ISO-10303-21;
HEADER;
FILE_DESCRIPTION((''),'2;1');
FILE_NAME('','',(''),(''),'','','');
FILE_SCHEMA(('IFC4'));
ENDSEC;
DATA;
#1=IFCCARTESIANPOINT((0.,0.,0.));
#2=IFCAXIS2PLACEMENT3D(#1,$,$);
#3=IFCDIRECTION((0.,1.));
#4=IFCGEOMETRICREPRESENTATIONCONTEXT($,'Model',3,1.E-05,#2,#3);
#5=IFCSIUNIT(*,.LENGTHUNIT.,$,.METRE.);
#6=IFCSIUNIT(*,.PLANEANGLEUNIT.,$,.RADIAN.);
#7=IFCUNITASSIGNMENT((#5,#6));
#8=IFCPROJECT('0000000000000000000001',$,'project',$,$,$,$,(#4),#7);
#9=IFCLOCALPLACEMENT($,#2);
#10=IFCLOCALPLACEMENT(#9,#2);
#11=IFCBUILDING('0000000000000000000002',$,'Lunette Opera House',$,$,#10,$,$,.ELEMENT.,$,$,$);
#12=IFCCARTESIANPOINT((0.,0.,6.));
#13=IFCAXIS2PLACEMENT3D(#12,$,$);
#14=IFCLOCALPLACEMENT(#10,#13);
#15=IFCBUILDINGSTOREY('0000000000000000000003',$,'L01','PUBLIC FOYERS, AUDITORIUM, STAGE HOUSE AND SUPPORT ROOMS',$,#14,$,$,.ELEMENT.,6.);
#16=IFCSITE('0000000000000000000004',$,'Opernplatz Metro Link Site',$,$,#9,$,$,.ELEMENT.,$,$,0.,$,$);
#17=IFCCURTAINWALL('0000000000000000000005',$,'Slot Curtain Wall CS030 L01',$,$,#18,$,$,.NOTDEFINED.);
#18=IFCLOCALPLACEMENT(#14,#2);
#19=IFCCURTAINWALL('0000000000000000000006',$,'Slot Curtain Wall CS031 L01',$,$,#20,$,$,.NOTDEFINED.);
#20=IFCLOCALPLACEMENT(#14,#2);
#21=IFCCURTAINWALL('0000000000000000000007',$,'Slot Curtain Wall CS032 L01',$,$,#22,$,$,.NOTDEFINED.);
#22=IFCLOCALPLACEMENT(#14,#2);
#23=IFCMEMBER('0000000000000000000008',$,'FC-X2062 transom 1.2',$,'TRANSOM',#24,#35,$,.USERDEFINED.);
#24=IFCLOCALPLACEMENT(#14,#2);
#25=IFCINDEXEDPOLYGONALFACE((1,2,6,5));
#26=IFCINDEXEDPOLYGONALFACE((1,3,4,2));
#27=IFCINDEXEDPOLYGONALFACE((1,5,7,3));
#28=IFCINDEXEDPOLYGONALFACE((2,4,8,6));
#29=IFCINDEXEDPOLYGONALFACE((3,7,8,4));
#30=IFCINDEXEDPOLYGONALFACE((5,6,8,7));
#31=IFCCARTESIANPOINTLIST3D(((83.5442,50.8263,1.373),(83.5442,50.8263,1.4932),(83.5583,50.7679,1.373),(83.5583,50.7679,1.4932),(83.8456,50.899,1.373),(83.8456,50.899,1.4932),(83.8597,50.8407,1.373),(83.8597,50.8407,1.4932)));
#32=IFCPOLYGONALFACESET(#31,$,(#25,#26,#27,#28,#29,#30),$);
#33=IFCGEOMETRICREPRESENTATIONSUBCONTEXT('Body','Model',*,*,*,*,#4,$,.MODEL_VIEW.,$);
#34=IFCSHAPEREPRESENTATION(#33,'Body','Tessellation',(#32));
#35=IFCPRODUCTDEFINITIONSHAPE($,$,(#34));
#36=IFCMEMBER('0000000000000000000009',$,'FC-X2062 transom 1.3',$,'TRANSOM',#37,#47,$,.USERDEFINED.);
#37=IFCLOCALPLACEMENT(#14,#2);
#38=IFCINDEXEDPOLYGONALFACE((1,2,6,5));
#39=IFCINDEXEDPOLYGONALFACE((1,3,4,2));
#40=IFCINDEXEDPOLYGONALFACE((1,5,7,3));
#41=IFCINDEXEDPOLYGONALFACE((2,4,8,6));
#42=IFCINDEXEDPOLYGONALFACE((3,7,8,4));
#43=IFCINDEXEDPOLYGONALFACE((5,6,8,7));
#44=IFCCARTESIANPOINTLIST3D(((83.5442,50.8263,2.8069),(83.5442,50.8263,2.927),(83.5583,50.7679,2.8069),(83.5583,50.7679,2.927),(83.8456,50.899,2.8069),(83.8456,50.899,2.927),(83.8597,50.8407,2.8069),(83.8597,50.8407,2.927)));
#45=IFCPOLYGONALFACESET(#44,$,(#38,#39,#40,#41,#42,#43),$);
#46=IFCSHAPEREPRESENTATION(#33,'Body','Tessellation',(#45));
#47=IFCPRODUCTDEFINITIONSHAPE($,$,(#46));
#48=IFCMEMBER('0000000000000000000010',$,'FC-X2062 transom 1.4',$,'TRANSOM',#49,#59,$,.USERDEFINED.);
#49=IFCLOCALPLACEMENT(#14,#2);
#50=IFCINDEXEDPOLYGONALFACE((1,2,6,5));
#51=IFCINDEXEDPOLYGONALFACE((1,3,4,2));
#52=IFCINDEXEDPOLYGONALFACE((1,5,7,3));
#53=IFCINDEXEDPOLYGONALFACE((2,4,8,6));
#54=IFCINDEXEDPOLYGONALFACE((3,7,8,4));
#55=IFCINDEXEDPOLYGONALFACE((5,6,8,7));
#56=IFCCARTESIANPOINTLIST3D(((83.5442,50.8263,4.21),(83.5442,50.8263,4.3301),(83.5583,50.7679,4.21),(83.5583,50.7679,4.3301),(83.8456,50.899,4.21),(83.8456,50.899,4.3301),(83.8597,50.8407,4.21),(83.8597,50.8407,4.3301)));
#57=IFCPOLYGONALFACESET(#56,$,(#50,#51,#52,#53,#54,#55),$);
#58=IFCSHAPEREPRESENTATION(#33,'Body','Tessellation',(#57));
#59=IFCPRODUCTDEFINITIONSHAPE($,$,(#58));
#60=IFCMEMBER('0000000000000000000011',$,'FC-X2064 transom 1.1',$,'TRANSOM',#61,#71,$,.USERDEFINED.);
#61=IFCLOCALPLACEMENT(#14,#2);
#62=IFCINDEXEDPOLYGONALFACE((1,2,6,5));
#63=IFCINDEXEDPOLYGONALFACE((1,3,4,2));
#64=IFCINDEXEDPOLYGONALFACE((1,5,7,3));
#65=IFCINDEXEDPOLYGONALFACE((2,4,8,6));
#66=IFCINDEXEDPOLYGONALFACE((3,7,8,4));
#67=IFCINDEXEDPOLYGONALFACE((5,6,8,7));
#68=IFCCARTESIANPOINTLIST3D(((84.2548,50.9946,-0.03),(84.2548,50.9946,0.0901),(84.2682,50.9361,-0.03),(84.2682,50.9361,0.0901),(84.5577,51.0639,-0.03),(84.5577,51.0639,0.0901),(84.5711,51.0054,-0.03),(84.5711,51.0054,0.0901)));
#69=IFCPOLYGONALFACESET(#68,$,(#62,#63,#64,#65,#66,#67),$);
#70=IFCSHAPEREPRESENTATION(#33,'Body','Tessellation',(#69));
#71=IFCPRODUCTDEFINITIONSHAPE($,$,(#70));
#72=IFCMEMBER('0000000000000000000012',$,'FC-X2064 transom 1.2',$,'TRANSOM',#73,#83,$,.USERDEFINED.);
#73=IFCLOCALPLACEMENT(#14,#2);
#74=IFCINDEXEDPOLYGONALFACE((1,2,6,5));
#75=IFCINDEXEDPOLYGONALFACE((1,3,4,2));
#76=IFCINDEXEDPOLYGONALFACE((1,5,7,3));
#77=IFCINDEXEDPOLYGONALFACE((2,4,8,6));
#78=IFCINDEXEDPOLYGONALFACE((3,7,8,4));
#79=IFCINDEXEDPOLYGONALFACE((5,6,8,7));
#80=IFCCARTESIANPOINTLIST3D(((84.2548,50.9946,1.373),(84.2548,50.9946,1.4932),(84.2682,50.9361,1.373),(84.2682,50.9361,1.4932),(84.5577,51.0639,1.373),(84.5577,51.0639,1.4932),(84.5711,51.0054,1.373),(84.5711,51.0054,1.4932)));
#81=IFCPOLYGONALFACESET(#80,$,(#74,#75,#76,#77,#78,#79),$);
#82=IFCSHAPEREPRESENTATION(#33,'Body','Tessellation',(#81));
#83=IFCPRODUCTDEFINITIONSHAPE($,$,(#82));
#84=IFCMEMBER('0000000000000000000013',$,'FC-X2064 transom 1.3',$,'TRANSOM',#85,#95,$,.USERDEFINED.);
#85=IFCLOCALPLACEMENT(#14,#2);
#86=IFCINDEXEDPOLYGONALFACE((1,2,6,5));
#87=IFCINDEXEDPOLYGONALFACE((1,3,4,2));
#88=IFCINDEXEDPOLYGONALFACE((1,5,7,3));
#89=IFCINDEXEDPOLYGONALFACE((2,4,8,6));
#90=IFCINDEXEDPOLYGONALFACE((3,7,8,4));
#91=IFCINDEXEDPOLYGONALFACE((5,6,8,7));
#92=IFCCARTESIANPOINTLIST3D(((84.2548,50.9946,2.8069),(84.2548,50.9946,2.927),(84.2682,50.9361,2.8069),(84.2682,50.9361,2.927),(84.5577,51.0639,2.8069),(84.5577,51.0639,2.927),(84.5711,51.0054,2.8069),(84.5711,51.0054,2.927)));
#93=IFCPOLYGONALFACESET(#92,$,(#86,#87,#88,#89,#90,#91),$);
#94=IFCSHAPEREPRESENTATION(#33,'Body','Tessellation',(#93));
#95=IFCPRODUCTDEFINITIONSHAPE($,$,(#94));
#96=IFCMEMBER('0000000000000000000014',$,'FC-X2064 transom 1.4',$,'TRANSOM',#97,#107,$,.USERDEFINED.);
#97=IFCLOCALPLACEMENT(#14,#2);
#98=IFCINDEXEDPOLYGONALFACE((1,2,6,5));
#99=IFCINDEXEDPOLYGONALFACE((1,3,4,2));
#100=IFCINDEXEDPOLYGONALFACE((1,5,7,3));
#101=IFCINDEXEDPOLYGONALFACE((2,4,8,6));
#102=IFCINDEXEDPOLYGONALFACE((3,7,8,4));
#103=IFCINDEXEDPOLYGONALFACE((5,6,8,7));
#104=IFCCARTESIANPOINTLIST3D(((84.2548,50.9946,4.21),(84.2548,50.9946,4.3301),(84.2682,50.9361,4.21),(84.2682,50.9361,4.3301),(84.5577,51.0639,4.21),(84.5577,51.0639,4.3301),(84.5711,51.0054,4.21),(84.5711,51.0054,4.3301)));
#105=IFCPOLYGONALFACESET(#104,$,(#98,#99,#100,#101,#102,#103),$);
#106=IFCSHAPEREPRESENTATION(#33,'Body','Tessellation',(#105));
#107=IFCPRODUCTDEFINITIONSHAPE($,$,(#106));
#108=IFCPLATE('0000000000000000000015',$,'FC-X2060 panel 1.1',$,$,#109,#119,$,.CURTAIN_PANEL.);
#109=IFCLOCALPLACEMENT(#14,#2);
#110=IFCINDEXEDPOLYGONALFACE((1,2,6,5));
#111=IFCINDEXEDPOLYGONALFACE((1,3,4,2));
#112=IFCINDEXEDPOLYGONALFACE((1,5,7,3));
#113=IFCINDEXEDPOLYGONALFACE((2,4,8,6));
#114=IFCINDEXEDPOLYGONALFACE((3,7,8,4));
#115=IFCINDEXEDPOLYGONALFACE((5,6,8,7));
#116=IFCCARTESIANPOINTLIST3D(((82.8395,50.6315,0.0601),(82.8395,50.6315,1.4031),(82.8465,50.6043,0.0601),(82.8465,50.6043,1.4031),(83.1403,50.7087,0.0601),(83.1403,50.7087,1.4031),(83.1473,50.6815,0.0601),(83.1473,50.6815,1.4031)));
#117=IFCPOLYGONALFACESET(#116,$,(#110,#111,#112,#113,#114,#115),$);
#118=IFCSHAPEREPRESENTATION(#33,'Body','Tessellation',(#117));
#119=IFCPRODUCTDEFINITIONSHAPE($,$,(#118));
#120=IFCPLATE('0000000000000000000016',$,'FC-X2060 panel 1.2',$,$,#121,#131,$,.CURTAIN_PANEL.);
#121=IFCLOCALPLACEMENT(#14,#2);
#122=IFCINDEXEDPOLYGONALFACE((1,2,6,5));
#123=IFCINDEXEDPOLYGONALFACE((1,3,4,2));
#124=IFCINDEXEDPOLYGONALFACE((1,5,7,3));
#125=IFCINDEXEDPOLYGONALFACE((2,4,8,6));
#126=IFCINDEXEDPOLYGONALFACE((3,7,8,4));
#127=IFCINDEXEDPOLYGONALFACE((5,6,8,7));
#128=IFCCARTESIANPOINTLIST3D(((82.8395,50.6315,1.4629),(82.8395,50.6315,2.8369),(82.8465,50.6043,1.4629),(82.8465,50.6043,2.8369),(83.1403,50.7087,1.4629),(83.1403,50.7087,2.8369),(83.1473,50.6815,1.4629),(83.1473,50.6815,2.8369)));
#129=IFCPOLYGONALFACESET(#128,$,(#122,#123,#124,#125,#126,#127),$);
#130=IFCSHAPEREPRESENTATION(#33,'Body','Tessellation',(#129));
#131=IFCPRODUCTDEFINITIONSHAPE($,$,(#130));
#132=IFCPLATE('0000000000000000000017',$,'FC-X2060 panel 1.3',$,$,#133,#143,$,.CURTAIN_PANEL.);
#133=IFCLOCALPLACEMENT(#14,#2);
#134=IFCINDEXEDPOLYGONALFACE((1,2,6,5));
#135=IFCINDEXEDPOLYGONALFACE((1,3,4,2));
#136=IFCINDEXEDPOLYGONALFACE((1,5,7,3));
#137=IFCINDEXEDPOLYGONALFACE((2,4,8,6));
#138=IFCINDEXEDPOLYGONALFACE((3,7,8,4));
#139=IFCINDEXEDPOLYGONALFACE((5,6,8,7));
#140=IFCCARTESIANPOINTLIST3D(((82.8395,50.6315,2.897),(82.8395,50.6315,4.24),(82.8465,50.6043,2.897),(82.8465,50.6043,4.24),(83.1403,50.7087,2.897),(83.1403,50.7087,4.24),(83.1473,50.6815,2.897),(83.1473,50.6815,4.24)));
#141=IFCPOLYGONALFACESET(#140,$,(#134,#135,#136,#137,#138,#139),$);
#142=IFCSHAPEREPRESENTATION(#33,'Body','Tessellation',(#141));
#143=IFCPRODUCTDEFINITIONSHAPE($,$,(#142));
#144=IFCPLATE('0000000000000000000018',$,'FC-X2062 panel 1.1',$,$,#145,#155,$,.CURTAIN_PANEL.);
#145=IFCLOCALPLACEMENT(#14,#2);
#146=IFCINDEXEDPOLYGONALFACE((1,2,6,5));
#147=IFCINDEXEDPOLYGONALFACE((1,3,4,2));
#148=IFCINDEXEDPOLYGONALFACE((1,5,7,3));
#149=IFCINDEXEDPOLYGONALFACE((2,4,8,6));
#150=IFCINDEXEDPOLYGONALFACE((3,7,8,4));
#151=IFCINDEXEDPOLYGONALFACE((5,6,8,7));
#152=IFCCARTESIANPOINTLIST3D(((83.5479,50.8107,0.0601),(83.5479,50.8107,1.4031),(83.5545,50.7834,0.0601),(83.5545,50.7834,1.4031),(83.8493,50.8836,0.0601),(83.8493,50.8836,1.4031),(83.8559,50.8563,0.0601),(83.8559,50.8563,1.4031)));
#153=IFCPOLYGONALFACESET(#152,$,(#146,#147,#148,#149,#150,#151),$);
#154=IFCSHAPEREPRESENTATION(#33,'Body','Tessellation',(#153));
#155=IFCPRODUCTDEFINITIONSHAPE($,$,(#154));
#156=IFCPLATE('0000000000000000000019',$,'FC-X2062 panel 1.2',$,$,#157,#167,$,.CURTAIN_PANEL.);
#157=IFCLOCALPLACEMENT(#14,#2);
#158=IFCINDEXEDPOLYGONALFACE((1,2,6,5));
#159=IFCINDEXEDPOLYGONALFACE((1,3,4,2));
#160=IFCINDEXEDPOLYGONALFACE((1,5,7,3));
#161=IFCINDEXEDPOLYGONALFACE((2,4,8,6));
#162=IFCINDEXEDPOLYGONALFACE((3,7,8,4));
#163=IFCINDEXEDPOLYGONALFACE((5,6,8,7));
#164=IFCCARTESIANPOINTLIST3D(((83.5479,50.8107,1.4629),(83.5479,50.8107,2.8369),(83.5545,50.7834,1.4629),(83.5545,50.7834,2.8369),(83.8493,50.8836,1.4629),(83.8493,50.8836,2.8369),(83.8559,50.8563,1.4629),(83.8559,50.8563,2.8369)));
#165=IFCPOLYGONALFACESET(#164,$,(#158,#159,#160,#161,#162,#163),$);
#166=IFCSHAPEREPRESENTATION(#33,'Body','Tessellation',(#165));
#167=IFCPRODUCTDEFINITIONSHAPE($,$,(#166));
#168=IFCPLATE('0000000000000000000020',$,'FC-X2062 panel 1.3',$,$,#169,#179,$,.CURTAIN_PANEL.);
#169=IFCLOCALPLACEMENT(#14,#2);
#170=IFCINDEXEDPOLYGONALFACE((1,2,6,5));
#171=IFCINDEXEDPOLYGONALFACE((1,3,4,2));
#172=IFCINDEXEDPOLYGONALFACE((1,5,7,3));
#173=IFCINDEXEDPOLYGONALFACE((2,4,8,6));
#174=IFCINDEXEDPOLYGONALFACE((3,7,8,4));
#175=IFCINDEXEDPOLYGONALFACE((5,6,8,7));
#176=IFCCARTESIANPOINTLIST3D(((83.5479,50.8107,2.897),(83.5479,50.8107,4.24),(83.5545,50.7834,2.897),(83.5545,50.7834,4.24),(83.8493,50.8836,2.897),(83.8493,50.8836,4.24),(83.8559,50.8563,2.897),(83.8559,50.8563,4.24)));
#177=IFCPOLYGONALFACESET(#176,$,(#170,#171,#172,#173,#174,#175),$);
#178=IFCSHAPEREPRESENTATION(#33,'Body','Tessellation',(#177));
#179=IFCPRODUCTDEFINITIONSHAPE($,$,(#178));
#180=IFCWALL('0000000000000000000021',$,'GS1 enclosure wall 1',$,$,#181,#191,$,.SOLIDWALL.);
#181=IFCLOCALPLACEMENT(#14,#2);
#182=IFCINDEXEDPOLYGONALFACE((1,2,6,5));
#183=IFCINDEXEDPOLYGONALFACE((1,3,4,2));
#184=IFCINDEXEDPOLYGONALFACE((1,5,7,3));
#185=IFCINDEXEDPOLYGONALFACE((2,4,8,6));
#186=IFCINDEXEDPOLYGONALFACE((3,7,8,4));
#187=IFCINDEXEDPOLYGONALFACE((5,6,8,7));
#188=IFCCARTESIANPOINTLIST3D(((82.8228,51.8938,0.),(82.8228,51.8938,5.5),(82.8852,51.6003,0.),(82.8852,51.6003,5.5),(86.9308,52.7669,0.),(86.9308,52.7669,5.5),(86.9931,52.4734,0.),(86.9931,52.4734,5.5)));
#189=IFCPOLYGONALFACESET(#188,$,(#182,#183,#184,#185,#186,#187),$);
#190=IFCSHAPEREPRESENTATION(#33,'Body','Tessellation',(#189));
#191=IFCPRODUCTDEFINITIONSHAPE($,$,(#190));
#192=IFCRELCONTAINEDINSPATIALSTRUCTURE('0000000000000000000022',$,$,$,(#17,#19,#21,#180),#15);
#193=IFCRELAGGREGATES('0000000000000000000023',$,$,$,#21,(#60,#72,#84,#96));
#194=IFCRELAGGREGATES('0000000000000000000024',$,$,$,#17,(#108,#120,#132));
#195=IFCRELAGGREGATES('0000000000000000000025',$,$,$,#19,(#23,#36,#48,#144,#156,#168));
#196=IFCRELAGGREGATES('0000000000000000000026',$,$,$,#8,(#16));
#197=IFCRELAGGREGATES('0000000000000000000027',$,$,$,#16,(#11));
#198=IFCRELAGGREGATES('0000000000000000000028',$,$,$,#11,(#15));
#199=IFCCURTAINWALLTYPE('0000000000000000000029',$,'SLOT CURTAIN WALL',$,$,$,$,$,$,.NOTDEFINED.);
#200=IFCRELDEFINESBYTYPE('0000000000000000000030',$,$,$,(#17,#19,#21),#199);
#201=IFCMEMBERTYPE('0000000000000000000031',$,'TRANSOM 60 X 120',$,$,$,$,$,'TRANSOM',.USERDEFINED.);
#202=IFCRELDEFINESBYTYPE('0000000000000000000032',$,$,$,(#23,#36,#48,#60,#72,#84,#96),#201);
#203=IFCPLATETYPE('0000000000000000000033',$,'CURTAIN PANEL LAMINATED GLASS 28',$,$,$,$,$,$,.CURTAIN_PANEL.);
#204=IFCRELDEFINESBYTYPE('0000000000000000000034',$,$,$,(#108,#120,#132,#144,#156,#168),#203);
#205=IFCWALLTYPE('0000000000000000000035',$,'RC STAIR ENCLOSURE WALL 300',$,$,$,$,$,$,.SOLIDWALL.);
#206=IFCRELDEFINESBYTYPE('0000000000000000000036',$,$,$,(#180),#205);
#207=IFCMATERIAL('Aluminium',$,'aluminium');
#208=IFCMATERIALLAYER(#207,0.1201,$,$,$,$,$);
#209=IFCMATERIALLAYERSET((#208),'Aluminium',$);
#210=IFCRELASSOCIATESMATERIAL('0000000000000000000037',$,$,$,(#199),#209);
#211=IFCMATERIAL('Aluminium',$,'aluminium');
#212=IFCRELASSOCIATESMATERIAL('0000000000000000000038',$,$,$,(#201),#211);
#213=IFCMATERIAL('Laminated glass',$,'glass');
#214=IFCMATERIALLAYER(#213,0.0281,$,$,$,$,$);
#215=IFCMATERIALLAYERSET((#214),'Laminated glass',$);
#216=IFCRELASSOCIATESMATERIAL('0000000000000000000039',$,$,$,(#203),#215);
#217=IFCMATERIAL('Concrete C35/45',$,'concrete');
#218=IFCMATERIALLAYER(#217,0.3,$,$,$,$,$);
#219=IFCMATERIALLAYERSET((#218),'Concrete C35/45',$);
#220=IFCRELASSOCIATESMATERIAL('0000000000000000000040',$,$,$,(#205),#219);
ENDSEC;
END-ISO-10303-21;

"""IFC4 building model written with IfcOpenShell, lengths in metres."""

from ifc_helpers import new_model, si_unit, direction, frame, frame_2d, origin, origin_2d, place, context, subcontext, project, spatial, rectangle, extrude, material, layer, layer_set, material_profile, profile_set, type_object, element, aggregate, save


model = new_model("IFC4")

# Units and contexts
model_context = context("Model", 3, precision=1e-05, world=origin(), true_north=direction((0.0, 1.0)))
body_context = subcontext(model_context, "Body", "Model", "MODEL_VIEW")
ifc_project = project(units=[si_unit("LENGTHUNIT", "METRE"), si_unit("PLANEANGLEUNIT", "RADIAN")], contexts=[model_context])

# Site, building, storey
site_placement = place(None, origin())
site = spatial("IfcSite", under=ifc_project, at=site_placement, Name="Opernplatz Metro Link Site", CompositionType="ELEMENT", RefElevation=0.0)
building_placement = place(site_placement, origin())
building = spatial("IfcBuilding", under=site, at=building_placement, Name="Lunette Opera House", CompositionType="ELEMENT")
storey_placement = place(building_placement, frame((0.0, 0.0, 6.0)))
storey = spatial("IfcBuildingStorey", under=building, at=storey_placement, Name="L01", Description="PUBLIC FOYERS, AUDITORIUM, STAGE HOUSE AND SUPPORT ROOMS", CompositionType="ELEMENT", Elevation=6.0)

# Curtain walls
ifc_material_1 = material(Name="Aluminium", Category="aluminium")
ifc_layer_1 = layer(ifc_material_1, 0.1201)
ifc_layer_set_1 = layer_set([ifc_layer_1], Name="Aluminium")
curtain_wall_type = type_object("IfcCurtainWallType", Name="SLOT CURTAIN WALL", PredefinedType="NOTDEFINED", material=ifc_layer_set_1)
curtain_wall_1_placement = place(storey_placement, origin())
curtain_wall_1 = element("IfcCurtainWall", 1, at=curtain_wall_1_placement, inside=storey, type_object=curtain_wall_type, Name="Slot Curtain Wall CS030 L01", PredefinedType="NOTDEFINED")
curtain_wall_2_placement = place(storey_placement, origin())
curtain_wall_2 = element("IfcCurtainWall", 2, at=curtain_wall_2_placement, inside=storey, type_object=curtain_wall_type, Name="Slot Curtain Wall CS031 L01", PredefinedType="NOTDEFINED")

# Curtain wall
curtain_wall_3_placement = place(storey_placement, origin())
curtain_wall_3 = element("IfcCurtainWall", 3, at=curtain_wall_3_placement, inside=storey, type_object=curtain_wall_type, Name="Slot Curtain Wall CS032 L01", PredefinedType="NOTDEFINED")

# Members
ifc_material_2 = material(Name="Aluminium", Category="aluminium")
ifc_material_profile_1 = material_profile(ifc_material_2, rectangle(XDim=0.0601, YDim=0.1201, at=origin_2d()), Name="TRANSOM 60 X 120")
ifc_profile_set_1 = profile_set([ifc_material_profile_1], Name="Aluminium")
member_type_1 = type_object("IfcMemberType", Name="TRANSOM 60 X 120", ElementType="TRANSOM", PredefinedType="USERDEFINED", material=ifc_profile_set_1)
member_1_placement = place(storey_placement, frame((83.5513, 50.7971, 1.4331), z_axis=(0.972101, 0.234564, 0.0), x_axis=(-0.234564, 0.972101, 0.0)))
member_1 = element("IfcMember", 4, at=member_1_placement, type_object=member_type_1, Name="FC-X2062 transom 1.2", ObjectType="TRANSOM", PredefinedType="USERDEFINED", context=body_context, shape_type="SweptSolid", body=[
    extrude(rectangle(XDim=0.0601, YDim=0.1201, at=origin_2d()), origin(), (0.0, 0.0, 1.0), 0.3101),
])
member_2_placement = place(storey_placement, frame((83.5513, 50.7971, 2.8669), z_axis=(0.972101, 0.234564, 0.0), x_axis=(-0.234564, 0.972101, 0.0)))
member_2 = element("IfcMember", 5, at=member_2_placement, type_object=member_type_1, Name="FC-X2062 transom 1.3", ObjectType="TRANSOM", PredefinedType="USERDEFINED", context=body_context, shape_type="SweptSolid", body=[
    extrude(rectangle(XDim=0.0601, YDim=0.1201, at=origin_2d()), origin(), (0.0, 0.0, 1.0), 0.3101),
])
member_3_placement = place(storey_placement, frame((83.5513, 50.7971, 4.27), z_axis=(0.972101, 0.234564, 0.0), x_axis=(-0.234564, 0.972101, 0.0)))
member_3 = element("IfcMember", 6, at=member_3_placement, type_object=member_type_1, Name="FC-X2062 transom 1.4", ObjectType="TRANSOM", PredefinedType="USERDEFINED", context=body_context, shape_type="SweptSolid", body=[
    extrude(rectangle(XDim=0.0601, YDim=0.1201, at=origin_2d()), origin(), (0.0, 0.0, 1.0), 0.3101),
])
member_4_placement = place(storey_placement, frame((84.2615, 50.9653, 0.03), z_axis=(0.9748, 0.223081, 0.0), x_axis=(-0.223081, 0.9748, 0.0)))
member_4 = element("IfcMember", 7, at=member_4_placement, type_object=member_type_1, Name="FC-X2064 transom 1.1", ObjectType="TRANSOM", PredefinedType="USERDEFINED", context=body_context, shape_type="SweptSolid", body=[
    extrude(rectangle(XDim=0.0601, YDim=0.1201, at=origin_2d()), origin(), (0.0, 0.0, 1.0), 0.3108),
])
member_5_placement = place(storey_placement, frame((84.2615, 50.9653, 1.4331), z_axis=(0.9748, 0.223081, 0.0), x_axis=(-0.223081, 0.9748, 0.0)))
member_5 = element("IfcMember", 8, at=member_5_placement, type_object=member_type_1, Name="FC-X2064 transom 1.2", ObjectType="TRANSOM", PredefinedType="USERDEFINED", context=body_context, shape_type="SweptSolid", body=[
    extrude(rectangle(XDim=0.0601, YDim=0.1201, at=origin_2d()), origin(), (0.0, 0.0, 1.0), 0.3108),
])
member_6_placement = place(storey_placement, frame((84.2615, 50.9653, 2.8669), z_axis=(0.9748, 0.223081, 0.0), x_axis=(-0.223081, 0.9748, 0.0)))
member_6 = element("IfcMember", 9, at=member_6_placement, type_object=member_type_1, Name="FC-X2064 transom 1.3", ObjectType="TRANSOM", PredefinedType="USERDEFINED", context=body_context, shape_type="SweptSolid", body=[
    extrude(rectangle(XDim=0.0601, YDim=0.1201, at=origin_2d()), origin(), (0.0, 0.0, 1.0), 0.3108),
])
member_7_placement = place(storey_placement, frame((84.2615, 50.9653, 4.27), z_axis=(0.9748, 0.223081, 0.0), x_axis=(-0.223081, 0.9748, 0.0)))
member_7 = element("IfcMember", 10, at=member_7_placement, type_object=member_type_1, Name="FC-X2064 transom 1.4", ObjectType="TRANSOM", PredefinedType="USERDEFINED", context=body_context, shape_type="SweptSolid", body=[
    extrude(rectangle(XDim=0.0601, YDim=0.1201, at=origin_2d()), origin(), (0.0, 0.0, 1.0), 0.3108),
])
aggregate(curtain_wall_3, [member_4, member_5, member_6, member_7])

# Plates
ifc_material_3 = material(Name="Laminated glass", Category="glass")
ifc_layer_2 = layer(ifc_material_3, 0.0281)
ifc_layer_set_2 = layer_set([ifc_layer_2], Name="Laminated glass")
plate_type = type_object("IfcPlateType", Name="CURTAIN PANEL LAMINATED GLASS 28", PredefinedType="CURTAIN_PANEL", material=ifc_layer_set_2)
plate_1_placement = place(storey_placement, frame((82.9934, 50.6565, 0.0601), z_axis=(0.0, 0.0, 1.0), x_axis=(0.968621, 0.248543, 0.0)))
plate_1 = element("IfcPlate", 11, at=plate_1_placement, type_object=plate_type, Name="FC-X2060 panel 1.1", PredefinedType="CURTAIN_PANEL", context=body_context, shape_type="SweptSolid", body=[
    extrude(rectangle(XDim=0.3105, YDim=0.0281, at=origin_2d()), origin(), (0.0, 0.0, 1.0), 1.343),
])
plate_2_placement = place(storey_placement, frame((82.9934, 50.6565, 1.4629), z_axis=(0.0, 0.0, 1.0), x_axis=(0.968621, 0.248543, 0.0)))
plate_2 = element("IfcPlate", 12, at=plate_2_placement, type_object=plate_type, Name="FC-X2060 panel 1.2", PredefinedType="CURTAIN_PANEL", context=body_context, shape_type="SweptSolid", body=[
    extrude(rectangle(XDim=0.3105, YDim=0.0281, at=origin_2d()), origin(), (0.0, 0.0, 1.0), 1.374),
])
plate_3_placement = place(storey_placement, frame((82.9934, 50.6565, 2.897), z_axis=(0.0, 0.0, 1.0), x_axis=(0.968621, 0.248543, 0.0)))
plate_3 = element("IfcPlate", 13, at=plate_3_placement, type_object=plate_type, Name="FC-X2060 panel 1.3", PredefinedType="CURTAIN_PANEL", context=body_context, shape_type="SweptSolid", body=[
    extrude(rectangle(XDim=0.3105, YDim=0.0281, at=origin_2d()), origin(), (0.0, 0.0, 1.0), 1.343),
])
aggregate(curtain_wall_1, [plate_1, plate_2, plate_3])
plate_4_placement = place(storey_placement, frame((83.7019, 50.8335, 0.0601), z_axis=(0.0, 0.0, 1.0), x_axis=(0.972027, 0.234868, 0.0)))
plate_4 = element("IfcPlate", 14, at=plate_4_placement, type_object=plate_type, Name="FC-X2062 panel 1.1", PredefinedType="CURTAIN_PANEL", context=body_context, shape_type="SweptSolid", body=[
    extrude(rectangle(XDim=0.3101, YDim=0.0281, at=origin_2d()), origin(), (0.0, 0.0, 1.0), 1.343),
])
plate_5_placement = place(storey_placement, frame((83.7019, 50.8335, 1.4629), z_axis=(0.0, 0.0, 1.0), x_axis=(0.972027, 0.234868, 0.0)))
plate_5 = element("IfcPlate", 15, at=plate_5_placement, type_object=plate_type, Name="FC-X2062 panel 1.2", PredefinedType="CURTAIN_PANEL", context=body_context, shape_type="SweptSolid", body=[
    extrude(rectangle(XDim=0.3101, YDim=0.0281, at=origin_2d()), origin(), (0.0, 0.0, 1.0), 1.374),
])
plate_6_placement = place(storey_placement, frame((83.7019, 50.8335, 2.897), z_axis=(0.0, 0.0, 1.0), x_axis=(0.972027, 0.234868, 0.0)))
plate_6 = element("IfcPlate", 16, at=plate_6_placement, type_object=plate_type, Name="FC-X2062 panel 1.3", PredefinedType="CURTAIN_PANEL", context=body_context, shape_type="SweptSolid", body=[
    extrude(rectangle(XDim=0.3101, YDim=0.0281, at=origin_2d()), origin(), (0.0, 0.0, 1.0), 1.343),
])
aggregate(curtain_wall_2, [member_1, member_2, member_3, plate_4, plate_5, plate_6])

# Wall
ifc_material_4 = material(Name="Concrete C35/45", Category="concrete")
ifc_layer_3 = layer(ifc_material_4, 0.3)
ifc_layer_set_3 = layer_set([ifc_layer_3], Name="Concrete C35/45")
wall_type = type_object("IfcWallType", Name="RC STAIR ENCLOSURE WALL 300", PredefinedType="SOLIDWALL", material=ifc_layer_set_3)
wall_placement = place(storey_placement, frame((82.854, 51.7471, 0.0), z_axis=(0.0, 0.0, 1.0), x_axis=(0.978153, 0.207885, 0.0)))
element("IfcWall", 17, at=wall_placement, inside=storey, type_object=wall_type, Name="GS1 enclosure wall 1", PredefinedType="SOLIDWALL", context=body_context, shape_type="SweptSolid", body=[
    extrude(rectangle(XDim=4.1997, YDim=0.3, at=frame_2d((2.0999, 0.0))), origin(), (0.0, 0.0, 1.0), 5.5),
])

save(model, "model.ifc")
